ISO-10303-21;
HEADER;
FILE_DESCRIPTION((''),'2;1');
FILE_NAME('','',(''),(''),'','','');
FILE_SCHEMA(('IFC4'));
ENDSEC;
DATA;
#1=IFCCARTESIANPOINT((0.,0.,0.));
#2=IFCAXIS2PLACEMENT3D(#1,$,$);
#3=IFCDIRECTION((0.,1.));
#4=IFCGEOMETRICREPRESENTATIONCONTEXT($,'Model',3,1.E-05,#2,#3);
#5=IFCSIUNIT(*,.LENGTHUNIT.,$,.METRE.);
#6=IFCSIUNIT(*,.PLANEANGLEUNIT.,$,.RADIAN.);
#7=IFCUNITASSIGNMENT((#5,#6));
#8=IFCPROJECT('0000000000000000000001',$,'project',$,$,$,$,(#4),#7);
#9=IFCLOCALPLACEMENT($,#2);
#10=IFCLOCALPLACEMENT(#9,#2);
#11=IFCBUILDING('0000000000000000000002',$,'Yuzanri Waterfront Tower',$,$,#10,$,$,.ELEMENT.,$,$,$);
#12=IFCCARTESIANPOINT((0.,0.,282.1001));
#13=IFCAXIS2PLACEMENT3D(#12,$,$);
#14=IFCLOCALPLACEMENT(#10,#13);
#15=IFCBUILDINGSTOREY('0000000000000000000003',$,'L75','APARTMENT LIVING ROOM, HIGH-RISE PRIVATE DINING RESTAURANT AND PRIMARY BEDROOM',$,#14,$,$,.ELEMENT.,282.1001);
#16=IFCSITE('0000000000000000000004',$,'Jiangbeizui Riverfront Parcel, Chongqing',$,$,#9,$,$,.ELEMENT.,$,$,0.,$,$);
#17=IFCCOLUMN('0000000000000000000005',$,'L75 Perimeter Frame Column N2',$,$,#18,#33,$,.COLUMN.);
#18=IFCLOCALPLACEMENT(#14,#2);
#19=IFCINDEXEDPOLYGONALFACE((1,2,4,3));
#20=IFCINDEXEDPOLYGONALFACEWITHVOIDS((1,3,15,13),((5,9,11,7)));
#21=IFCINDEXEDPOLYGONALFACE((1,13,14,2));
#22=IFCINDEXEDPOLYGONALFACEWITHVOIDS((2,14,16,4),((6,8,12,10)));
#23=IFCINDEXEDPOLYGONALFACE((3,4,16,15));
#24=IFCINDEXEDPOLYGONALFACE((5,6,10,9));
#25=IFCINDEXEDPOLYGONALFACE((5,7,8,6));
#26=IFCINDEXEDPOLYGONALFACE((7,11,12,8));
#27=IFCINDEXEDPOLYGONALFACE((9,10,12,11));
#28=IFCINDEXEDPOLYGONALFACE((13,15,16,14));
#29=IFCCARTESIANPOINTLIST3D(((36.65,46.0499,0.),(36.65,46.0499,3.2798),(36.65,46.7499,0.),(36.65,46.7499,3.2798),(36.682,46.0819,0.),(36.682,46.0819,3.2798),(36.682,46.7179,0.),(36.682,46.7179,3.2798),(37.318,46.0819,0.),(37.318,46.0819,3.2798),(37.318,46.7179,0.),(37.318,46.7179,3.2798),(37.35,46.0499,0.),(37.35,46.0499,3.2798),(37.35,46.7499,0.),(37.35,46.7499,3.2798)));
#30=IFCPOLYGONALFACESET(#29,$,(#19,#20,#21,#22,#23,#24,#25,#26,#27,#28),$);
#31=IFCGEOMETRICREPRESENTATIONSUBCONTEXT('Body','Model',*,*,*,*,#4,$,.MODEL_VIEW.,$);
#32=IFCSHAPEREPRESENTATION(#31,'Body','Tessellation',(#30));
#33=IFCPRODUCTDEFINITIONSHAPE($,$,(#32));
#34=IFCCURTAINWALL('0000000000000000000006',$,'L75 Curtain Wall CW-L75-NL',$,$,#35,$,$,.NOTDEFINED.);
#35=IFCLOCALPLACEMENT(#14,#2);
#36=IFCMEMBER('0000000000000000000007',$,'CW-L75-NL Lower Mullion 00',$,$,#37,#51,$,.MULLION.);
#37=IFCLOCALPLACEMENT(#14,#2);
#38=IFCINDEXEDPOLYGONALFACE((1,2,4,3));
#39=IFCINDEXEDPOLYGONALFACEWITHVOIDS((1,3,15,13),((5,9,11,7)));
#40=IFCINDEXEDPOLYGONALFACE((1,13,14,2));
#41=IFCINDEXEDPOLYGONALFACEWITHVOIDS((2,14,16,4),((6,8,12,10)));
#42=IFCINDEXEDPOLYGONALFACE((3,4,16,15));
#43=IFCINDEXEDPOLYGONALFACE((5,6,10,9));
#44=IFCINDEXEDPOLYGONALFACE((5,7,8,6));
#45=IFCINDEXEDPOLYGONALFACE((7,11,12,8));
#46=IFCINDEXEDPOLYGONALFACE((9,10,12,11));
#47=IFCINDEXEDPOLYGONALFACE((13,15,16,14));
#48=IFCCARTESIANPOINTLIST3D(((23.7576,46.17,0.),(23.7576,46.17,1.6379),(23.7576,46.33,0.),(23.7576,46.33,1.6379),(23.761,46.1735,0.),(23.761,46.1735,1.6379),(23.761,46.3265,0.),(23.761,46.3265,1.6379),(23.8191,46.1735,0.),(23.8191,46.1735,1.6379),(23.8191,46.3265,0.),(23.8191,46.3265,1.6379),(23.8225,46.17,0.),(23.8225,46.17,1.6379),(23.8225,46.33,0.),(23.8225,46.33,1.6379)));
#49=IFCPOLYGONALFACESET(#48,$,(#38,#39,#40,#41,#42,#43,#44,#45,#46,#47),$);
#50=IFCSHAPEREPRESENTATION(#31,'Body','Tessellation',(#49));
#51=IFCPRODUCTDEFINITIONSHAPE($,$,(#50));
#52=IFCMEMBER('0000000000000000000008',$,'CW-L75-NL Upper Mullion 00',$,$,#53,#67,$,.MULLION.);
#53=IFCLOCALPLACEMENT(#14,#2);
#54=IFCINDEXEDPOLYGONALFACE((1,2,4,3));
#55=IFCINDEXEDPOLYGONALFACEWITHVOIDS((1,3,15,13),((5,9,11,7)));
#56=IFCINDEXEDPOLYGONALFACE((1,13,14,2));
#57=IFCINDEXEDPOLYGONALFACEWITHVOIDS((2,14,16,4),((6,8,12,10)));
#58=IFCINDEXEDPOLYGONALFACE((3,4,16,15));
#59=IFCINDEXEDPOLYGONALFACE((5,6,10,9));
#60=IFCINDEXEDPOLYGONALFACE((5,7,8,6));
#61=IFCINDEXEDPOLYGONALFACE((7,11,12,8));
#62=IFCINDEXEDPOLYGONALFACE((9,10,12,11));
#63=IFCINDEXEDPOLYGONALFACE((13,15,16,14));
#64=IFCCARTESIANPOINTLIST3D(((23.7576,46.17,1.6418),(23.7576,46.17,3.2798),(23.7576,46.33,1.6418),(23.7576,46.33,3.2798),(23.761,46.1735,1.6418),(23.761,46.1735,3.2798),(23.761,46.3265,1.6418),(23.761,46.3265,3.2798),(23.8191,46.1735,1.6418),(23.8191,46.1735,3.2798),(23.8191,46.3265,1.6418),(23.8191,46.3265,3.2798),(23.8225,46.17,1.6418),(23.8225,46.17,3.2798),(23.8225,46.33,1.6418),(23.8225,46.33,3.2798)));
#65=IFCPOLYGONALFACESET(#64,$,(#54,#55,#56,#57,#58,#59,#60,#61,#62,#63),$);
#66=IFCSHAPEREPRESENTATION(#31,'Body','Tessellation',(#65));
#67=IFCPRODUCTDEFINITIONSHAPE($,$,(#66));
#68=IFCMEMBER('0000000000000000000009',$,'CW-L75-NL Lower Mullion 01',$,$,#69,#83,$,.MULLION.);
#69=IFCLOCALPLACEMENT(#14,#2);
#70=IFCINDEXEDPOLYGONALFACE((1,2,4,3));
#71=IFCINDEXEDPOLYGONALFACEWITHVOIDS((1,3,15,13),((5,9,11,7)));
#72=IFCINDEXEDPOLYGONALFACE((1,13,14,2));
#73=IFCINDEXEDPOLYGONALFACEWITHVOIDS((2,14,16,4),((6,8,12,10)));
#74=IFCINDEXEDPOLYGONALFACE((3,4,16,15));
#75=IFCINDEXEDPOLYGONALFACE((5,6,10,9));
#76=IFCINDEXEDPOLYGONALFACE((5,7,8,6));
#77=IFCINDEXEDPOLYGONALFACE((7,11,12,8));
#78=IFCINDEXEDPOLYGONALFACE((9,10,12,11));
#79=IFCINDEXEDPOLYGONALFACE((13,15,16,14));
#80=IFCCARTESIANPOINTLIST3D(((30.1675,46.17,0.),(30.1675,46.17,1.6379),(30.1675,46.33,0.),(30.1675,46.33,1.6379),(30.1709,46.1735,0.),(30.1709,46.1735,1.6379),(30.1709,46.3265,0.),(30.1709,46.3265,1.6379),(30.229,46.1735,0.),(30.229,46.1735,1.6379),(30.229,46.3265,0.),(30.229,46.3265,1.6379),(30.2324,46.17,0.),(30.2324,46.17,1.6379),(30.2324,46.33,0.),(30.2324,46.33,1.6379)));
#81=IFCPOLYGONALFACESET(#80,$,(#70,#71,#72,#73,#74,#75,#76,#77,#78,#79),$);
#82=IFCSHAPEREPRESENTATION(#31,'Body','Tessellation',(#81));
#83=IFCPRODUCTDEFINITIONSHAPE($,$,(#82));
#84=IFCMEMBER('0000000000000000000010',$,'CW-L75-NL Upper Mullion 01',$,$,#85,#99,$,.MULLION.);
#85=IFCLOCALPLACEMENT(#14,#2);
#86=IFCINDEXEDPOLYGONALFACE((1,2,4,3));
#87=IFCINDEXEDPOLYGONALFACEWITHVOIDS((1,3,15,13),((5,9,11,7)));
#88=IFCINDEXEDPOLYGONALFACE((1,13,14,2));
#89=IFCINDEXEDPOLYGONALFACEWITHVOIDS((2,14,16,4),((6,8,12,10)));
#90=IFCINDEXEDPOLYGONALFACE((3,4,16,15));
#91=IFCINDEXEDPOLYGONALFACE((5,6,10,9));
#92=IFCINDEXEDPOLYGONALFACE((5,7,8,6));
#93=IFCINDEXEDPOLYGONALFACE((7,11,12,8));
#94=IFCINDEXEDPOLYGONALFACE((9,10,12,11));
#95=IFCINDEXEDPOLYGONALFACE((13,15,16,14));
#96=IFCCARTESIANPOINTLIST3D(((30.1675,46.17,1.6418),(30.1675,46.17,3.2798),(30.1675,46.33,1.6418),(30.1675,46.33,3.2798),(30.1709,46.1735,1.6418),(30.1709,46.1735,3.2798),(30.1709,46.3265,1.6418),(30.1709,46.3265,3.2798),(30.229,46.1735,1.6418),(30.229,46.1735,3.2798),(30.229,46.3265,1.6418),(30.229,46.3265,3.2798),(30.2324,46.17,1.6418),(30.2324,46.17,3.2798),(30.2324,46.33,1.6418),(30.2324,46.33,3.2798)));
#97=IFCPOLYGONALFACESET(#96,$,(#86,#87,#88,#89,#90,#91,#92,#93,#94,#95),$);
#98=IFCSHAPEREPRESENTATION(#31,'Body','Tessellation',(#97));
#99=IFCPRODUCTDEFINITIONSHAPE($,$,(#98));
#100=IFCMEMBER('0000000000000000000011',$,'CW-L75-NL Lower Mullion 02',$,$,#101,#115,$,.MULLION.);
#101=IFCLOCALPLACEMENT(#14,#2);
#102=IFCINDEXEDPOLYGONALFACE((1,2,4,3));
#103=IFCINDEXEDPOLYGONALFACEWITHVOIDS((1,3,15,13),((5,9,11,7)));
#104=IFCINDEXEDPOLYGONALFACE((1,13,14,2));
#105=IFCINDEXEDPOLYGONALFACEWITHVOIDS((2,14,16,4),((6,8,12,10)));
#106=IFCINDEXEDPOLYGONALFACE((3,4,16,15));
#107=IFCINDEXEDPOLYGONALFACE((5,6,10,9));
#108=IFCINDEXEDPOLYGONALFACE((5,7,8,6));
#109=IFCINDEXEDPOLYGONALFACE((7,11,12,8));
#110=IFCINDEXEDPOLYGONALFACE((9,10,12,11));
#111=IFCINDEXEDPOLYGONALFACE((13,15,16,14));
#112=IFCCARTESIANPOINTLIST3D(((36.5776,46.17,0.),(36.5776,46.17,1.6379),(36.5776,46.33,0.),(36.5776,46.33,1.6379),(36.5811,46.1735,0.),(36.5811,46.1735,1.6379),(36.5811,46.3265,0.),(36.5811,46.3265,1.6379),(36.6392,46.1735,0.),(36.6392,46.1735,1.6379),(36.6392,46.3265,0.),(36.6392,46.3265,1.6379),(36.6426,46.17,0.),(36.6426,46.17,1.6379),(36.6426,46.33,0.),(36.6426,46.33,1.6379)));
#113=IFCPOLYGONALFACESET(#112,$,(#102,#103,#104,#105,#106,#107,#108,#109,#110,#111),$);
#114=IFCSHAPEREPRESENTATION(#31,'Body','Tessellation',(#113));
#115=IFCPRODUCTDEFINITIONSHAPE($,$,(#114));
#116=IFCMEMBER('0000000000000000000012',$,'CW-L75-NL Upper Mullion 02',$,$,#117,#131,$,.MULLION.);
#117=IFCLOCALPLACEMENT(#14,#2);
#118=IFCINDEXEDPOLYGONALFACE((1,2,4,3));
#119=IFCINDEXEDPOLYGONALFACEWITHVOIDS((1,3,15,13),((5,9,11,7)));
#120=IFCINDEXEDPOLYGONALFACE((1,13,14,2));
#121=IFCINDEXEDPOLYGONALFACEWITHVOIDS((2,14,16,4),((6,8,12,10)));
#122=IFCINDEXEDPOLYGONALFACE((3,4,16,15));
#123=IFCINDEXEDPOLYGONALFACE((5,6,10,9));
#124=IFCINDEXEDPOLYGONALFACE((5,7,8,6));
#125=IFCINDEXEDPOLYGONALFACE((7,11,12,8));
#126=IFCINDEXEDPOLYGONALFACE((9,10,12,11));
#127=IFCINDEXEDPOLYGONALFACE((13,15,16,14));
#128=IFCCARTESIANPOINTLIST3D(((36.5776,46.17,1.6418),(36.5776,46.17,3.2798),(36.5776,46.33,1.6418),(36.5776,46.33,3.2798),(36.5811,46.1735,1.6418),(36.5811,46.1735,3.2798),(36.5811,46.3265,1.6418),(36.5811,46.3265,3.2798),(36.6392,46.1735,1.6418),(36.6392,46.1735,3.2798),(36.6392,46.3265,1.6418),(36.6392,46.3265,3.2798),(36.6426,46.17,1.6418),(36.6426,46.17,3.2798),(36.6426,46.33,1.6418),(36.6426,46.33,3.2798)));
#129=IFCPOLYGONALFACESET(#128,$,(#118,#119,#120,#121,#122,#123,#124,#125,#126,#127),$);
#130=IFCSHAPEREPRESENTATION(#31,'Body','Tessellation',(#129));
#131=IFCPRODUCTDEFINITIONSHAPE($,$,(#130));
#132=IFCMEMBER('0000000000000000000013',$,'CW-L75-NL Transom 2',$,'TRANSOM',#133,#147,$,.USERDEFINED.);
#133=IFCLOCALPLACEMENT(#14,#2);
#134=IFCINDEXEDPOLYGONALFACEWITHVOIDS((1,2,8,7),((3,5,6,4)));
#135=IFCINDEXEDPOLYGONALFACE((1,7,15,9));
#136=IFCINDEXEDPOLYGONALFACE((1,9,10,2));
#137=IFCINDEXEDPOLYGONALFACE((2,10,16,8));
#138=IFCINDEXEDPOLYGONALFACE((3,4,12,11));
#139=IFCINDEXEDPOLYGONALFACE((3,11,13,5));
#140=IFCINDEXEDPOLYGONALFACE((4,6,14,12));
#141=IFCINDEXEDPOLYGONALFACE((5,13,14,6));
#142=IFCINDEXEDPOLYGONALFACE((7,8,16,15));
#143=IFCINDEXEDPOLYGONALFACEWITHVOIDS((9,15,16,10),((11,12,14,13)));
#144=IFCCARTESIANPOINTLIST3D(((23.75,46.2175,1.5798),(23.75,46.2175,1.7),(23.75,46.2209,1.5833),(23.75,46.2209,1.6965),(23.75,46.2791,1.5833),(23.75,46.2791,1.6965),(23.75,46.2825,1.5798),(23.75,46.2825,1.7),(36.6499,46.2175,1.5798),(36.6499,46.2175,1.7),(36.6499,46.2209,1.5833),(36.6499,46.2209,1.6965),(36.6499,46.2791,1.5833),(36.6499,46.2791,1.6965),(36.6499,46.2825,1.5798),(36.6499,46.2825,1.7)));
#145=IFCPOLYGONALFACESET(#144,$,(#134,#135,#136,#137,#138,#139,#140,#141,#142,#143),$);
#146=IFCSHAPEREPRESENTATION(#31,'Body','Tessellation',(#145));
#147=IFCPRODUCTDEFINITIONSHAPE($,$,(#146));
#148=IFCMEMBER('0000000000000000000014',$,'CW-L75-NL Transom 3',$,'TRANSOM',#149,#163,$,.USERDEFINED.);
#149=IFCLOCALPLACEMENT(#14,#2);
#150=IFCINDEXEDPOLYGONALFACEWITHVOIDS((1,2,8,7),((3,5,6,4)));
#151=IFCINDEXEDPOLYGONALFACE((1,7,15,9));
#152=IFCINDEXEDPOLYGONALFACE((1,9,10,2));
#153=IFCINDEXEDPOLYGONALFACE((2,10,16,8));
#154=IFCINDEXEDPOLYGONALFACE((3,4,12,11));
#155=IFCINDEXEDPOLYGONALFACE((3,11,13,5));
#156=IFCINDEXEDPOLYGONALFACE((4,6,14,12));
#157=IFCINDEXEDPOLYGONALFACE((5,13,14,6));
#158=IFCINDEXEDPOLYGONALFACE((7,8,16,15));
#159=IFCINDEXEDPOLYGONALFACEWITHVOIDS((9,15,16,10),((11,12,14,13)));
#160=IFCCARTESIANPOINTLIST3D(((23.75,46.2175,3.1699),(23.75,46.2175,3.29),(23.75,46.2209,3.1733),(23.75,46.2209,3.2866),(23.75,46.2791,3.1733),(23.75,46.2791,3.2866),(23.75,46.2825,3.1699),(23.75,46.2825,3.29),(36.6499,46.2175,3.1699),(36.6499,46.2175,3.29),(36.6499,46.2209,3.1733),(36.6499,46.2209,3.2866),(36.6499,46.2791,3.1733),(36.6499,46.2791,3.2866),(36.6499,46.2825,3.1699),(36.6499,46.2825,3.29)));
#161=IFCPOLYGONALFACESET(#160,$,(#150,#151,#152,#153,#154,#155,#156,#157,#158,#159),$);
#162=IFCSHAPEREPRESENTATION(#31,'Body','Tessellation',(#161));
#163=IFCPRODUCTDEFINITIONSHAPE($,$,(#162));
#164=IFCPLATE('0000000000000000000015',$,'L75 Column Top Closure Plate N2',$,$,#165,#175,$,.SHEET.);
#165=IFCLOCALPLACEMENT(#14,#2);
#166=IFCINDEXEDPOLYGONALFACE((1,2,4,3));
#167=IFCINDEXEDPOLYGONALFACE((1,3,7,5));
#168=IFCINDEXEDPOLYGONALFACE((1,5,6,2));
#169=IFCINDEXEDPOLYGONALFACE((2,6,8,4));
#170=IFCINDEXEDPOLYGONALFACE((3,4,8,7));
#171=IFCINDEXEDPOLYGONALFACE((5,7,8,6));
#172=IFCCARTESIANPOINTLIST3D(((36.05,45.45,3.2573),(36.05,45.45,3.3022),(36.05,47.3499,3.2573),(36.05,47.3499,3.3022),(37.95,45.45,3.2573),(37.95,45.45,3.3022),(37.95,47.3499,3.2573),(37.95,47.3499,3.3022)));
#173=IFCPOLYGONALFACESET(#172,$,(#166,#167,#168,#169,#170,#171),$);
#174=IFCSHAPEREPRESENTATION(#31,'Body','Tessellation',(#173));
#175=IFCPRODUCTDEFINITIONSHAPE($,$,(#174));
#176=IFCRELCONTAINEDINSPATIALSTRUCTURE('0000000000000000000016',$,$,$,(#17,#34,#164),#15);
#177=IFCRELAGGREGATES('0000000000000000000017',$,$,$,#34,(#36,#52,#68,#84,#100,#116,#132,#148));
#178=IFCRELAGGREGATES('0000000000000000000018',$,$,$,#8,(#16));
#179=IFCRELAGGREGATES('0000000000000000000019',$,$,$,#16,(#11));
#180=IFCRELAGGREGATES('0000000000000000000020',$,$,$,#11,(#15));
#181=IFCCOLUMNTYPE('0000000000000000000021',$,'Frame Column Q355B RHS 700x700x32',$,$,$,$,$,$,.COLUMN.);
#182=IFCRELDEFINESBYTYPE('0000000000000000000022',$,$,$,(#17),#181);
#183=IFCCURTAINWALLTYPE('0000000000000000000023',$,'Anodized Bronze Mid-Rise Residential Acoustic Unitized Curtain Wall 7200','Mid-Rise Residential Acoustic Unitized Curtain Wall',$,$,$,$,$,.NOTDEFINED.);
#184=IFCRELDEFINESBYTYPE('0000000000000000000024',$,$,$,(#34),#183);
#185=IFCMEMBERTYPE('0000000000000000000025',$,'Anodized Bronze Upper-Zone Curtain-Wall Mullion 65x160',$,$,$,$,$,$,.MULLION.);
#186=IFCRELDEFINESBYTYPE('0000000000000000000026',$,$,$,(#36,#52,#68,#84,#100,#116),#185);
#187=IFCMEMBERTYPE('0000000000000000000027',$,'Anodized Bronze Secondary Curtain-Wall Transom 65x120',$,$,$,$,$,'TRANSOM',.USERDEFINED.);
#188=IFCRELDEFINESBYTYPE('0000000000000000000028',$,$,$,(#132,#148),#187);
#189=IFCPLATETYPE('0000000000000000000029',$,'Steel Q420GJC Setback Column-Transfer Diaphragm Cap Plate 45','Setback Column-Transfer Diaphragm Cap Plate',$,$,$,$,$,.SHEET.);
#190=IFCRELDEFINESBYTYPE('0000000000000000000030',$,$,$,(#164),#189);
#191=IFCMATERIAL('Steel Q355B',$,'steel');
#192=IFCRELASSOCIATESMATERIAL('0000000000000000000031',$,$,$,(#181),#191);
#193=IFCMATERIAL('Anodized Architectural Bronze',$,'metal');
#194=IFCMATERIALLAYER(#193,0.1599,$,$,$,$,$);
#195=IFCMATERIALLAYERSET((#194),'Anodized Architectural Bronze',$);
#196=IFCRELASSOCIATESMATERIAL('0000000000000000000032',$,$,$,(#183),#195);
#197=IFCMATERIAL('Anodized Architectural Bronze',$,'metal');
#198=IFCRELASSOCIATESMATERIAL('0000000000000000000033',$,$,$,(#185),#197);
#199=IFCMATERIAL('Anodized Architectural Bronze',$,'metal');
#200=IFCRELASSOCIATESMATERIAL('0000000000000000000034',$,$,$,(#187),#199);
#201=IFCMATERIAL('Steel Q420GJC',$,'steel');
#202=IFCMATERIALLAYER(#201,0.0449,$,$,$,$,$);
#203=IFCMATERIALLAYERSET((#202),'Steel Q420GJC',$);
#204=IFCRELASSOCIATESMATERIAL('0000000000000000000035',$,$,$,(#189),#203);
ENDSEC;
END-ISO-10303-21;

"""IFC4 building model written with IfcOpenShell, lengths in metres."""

from ifc_helpers import new_model, si_unit, direction, frame, origin, origin_2d, place, context, subcontext, project, spatial, rectangle, hollow_rectangle, extrude, source, transform, mapped, material, layer, layer_set, material_profile, profile_set, type_object, element, aggregate, save


model = new_model("IFC4")

# Units and contexts
model_context = context("Model", 3, precision=1e-05, world=origin(), true_north=direction((0.0, 1.0)))
body_context = subcontext(model_context, "Body", "Model", "MODEL_VIEW")
ifc_project = project(units=[si_unit("LENGTHUNIT", "METRE"), si_unit("PLANEANGLEUNIT", "RADIAN")], contexts=[model_context])

# Site, building, storey
site_placement = place(None, origin())
site = spatial("IfcSite", under=ifc_project, at=site_placement, Name="Jiangbeizui Riverfront Parcel, Chongqing", CompositionType="ELEMENT", RefElevation=0.0)
building_placement = place(site_placement, origin())
building = spatial("IfcBuilding", under=site, at=building_placement, Name="Yuzanri Waterfront Tower", CompositionType="ELEMENT")
storey_placement = place(building_placement, frame((0.0, 0.0, 282.1001)))
storey = spatial("IfcBuildingStorey", under=building, at=storey_placement, Name="L75", Description="APARTMENT LIVING ROOM, HIGH-RISE PRIVATE DINING RESTAURANT AND PRIMARY BEDROOM", CompositionType="ELEMENT", Elevation=282.1001)

# Column
ifc_material_1 = material(Name="Steel Q355B", Category="steel")
ifc_material_profile_1 = material_profile(ifc_material_1, hollow_rectangle(XDim=0.7, YDim=0.7, WallThickness=0.032, at=origin_2d()), Name="RHS 700x700x32")
ifc_profile_set_1 = profile_set([ifc_material_profile_1], Name="Steel Q355B")
column_type = type_object("IfcColumnType", Name="Frame Column Q355B RHS 700x700x32", PredefinedType="COLUMN", material=ifc_profile_set_1)
shared_shape_1 = source(origin(), body_context, "Body", "SweptSolid", [
    extrude(hollow_rectangle(XDim=0.7, YDim=0.7, WallThickness=0.032, at=origin_2d()), origin(), (0.0, 0.0, 1.0), 3.2798),
])
column_placement = place(storey_placement, frame((37.0, 46.3999, 0.0), z_axis=(0.0, 0.0, 1.0), x_axis=(1.0, 0.0, 0.0)))
element("IfcColumn", 1, at=column_placement, inside=storey, type_object=column_type, Name="L75 Perimeter Frame Column N2", PredefinedType="COLUMN", context=body_context, shape_type="MappedRepresentation", body=[
    mapped(shared_shape_1, transform((0.0, 0.0, 0.0), scale=1.0)),
])

# Curtain wall, members
ifc_material_2 = material(Name="Anodized Architectural Bronze", Category="metal")
ifc_layer_1 = layer(ifc_material_2, 0.1599)
ifc_layer_set_1 = layer_set([ifc_layer_1], Name="Anodized Architectural Bronze")
curtain_wall_type = type_object("IfcCurtainWallType", Name="Anodized Bronze Mid-Rise Residential Acoustic Unitized Curtain Wall 7200", Description="Mid-Rise Residential Acoustic Unitized Curtain Wall", PredefinedType="NOTDEFINED", material=ifc_layer_set_1)
curtain_wall_placement = place(storey_placement, origin())
curtain_wall = element("IfcCurtainWall", 2, at=curtain_wall_placement, inside=storey, type_object=curtain_wall_type, Name="L75 Curtain Wall CW-L75-NL", PredefinedType="NOTDEFINED")
ifc_material_3 = material(Name="Anodized Architectural Bronze", Category="metal")
ifc_material_profile_2 = material_profile(ifc_material_3, hollow_rectangle(XDim=0.0649, YDim=0.1599, WallThickness=0.0034, at=origin_2d()), Name="CWM 65x160")
ifc_profile_set_2 = profile_set([ifc_material_profile_2], Name="Anodized Architectural Bronze")
member_type_1 = type_object("IfcMemberType", Name="Anodized Bronze Upper-Zone Curtain-Wall Mullion 65x160", PredefinedType="MULLION", material=ifc_profile_set_2)
shared_shape_2 = source(origin(), body_context, "Body", "SweptSolid", [
    extrude(hollow_rectangle(XDim=0.0649, YDim=0.1599, WallThickness=0.0034, at=origin_2d()), origin(), (0.0, 0.0, 1.0), 1.6379),
])
member_1_placement = place(storey_placement, frame((23.79, 46.25, 0.0), z_axis=(0.0, 0.0, 1.0), x_axis=(1.0, 0.0, 0.0)))
member_1 = element("IfcMember", 3, at=member_1_placement, type_object=member_type_1, Name="CW-L75-NL Lower Mullion 00", PredefinedType="MULLION", context=body_context, shape_type="MappedRepresentation", body=[
    mapped(shared_shape_2, transform((0.0, 0.0, 0.0), scale=1.0)),
])
member_2_placement = place(storey_placement, frame((23.79, 46.25, 1.6418), z_axis=(0.0, 0.0, 1.0), x_axis=(1.0, 0.0, 0.0)))
member_2 = element("IfcMember", 4, at=member_2_placement, type_object=member_type_1, Name="CW-L75-NL Upper Mullion 00", PredefinedType="MULLION", context=body_context, shape_type="MappedRepresentation", body=[
    mapped(shared_shape_2, transform((0.0, 0.0, 0.0), scale=1.0)),
])
member_3_placement = place(storey_placement, frame((30.2, 46.25, 0.0), z_axis=(0.0, 0.0, 1.0), x_axis=(1.0, 0.0, 0.0)))
member_3 = element("IfcMember", 5, at=member_3_placement, type_object=member_type_1, Name="CW-L75-NL Lower Mullion 01", PredefinedType="MULLION", context=body_context, shape_type="MappedRepresentation", body=[
    mapped(shared_shape_2, transform((0.0, 0.0, 0.0), scale=1.0)),
])
member_4_placement = place(storey_placement, frame((30.2, 46.25, 1.6418), z_axis=(0.0, 0.0, 1.0), x_axis=(1.0, 0.0, 0.0)))
member_4 = element("IfcMember", 6, at=member_4_placement, type_object=member_type_1, Name="CW-L75-NL Upper Mullion 01", PredefinedType="MULLION", context=body_context, shape_type="MappedRepresentation", body=[
    mapped(shared_shape_2, transform((0.0, 0.0, 0.0), scale=1.0)),
])
member_5_placement = place(storey_placement, frame((36.6101, 46.25, 0.0), z_axis=(0.0, 0.0, 1.0), x_axis=(1.0, 0.0, 0.0)))
member_5 = element("IfcMember", 7, at=member_5_placement, type_object=member_type_1, Name="CW-L75-NL Lower Mullion 02", PredefinedType="MULLION", context=body_context, shape_type="MappedRepresentation", body=[
    mapped(shared_shape_2, transform((0.0, 0.0, 0.0), scale=1.0)),
])
member_6_placement = place(storey_placement, frame((36.6101, 46.25, 1.6418), z_axis=(0.0, 0.0, 1.0), x_axis=(1.0, 0.0, 0.0)))
member_6 = element("IfcMember", 8, at=member_6_placement, type_object=member_type_1, Name="CW-L75-NL Upper Mullion 02", PredefinedType="MULLION", context=body_context, shape_type="MappedRepresentation", body=[
    mapped(shared_shape_2, transform((0.0, 0.0, 0.0), scale=1.0)),
])
ifc_material_4 = material(Name="Anodized Architectural Bronze", Category="metal")
ifc_material_profile_3 = material_profile(ifc_material_4, hollow_rectangle(XDim=0.0649, YDim=0.1201, WallThickness=0.0034, at=origin_2d()), Name="CWT 65x120")
ifc_profile_set_3 = profile_set([ifc_material_profile_3], Name="Anodized Architectural Bronze")
member_type_2 = type_object("IfcMemberType", Name="Anodized Bronze Secondary Curtain-Wall Transom 65x120", ElementType="TRANSOM", PredefinedType="USERDEFINED", material=ifc_profile_set_3)
shared_shape_3 = source(origin(), body_context, "Body", "SweptSolid", [
    extrude(hollow_rectangle(XDim=0.0649, YDim=0.1201, WallThickness=0.0034, at=origin_2d()), origin(), (0.0, 0.0, 1.0), 12.8999),
])
member_7_placement = place(storey_placement, frame((23.75, 46.25, 1.6399), z_axis=(1.0, 0.0, 0.0), x_axis=(0.0, 1.0, 0.0)))
member_7 = element("IfcMember", 9, at=member_7_placement, type_object=member_type_2, Name="CW-L75-NL Transom 2", ObjectType="TRANSOM", PredefinedType="USERDEFINED", context=body_context, shape_type="MappedRepresentation", body=[
    mapped(shared_shape_3, transform((0.0, 0.0, 0.0), scale=1.0)),
])
member_8_placement = place(storey_placement, frame((23.75, 46.25, 3.23), z_axis=(1.0, 0.0, 0.0), x_axis=(0.0, 1.0, 0.0)))
member_8 = element("IfcMember", 10, at=member_8_placement, type_object=member_type_2, Name="CW-L75-NL Transom 3", ObjectType="TRANSOM", PredefinedType="USERDEFINED", context=body_context, shape_type="MappedRepresentation", body=[
    mapped(shared_shape_3, transform((0.0, 0.0, 0.0), scale=1.0)),
])

# Plate
ifc_material_5 = material(Name="Steel Q420GJC", Category="steel")
ifc_layer_2 = layer(ifc_material_5, 0.0449)
ifc_layer_set_2 = layer_set([ifc_layer_2], Name="Steel Q420GJC")
plate_type_1 = type_object("IfcPlateType", Name="Steel Q420GJC Setback Column-Transfer Diaphragm Cap Plate 45", Description="Setback Column-Transfer Diaphragm Cap Plate", PredefinedType="SHEET", material=ifc_layer_set_2)
shared_shape_4 = source(origin(), body_context, "Body", "SweptSolid", [
    extrude(rectangle(XDim=1.8999, YDim=1.8999, at=origin_2d()), origin(), (0.0, 0.0, 1.0), 0.0449),
])
plate_1_placement = place(storey_placement, frame((37.0, 46.3999, 3.2573), z_axis=(0.0, 0.0, 1.0), x_axis=(1.0, 0.0, 0.0)))
element("IfcPlate", 11, at=plate_1_placement, inside=storey, type_object=plate_type_1, Name="L75 Column Top Closure Plate N2", PredefinedType="SHEET", context=body_context, shape_type="MappedRepresentation", body=[
    mapped(shared_shape_4, transform((0.0, 0.0, 0.0), scale=1.0)),
])
aggregate(curtain_wall, [member_1, member_2, member_3, member_4, member_5, member_6, member_7, member_8])

save(model, "model.ifc")
